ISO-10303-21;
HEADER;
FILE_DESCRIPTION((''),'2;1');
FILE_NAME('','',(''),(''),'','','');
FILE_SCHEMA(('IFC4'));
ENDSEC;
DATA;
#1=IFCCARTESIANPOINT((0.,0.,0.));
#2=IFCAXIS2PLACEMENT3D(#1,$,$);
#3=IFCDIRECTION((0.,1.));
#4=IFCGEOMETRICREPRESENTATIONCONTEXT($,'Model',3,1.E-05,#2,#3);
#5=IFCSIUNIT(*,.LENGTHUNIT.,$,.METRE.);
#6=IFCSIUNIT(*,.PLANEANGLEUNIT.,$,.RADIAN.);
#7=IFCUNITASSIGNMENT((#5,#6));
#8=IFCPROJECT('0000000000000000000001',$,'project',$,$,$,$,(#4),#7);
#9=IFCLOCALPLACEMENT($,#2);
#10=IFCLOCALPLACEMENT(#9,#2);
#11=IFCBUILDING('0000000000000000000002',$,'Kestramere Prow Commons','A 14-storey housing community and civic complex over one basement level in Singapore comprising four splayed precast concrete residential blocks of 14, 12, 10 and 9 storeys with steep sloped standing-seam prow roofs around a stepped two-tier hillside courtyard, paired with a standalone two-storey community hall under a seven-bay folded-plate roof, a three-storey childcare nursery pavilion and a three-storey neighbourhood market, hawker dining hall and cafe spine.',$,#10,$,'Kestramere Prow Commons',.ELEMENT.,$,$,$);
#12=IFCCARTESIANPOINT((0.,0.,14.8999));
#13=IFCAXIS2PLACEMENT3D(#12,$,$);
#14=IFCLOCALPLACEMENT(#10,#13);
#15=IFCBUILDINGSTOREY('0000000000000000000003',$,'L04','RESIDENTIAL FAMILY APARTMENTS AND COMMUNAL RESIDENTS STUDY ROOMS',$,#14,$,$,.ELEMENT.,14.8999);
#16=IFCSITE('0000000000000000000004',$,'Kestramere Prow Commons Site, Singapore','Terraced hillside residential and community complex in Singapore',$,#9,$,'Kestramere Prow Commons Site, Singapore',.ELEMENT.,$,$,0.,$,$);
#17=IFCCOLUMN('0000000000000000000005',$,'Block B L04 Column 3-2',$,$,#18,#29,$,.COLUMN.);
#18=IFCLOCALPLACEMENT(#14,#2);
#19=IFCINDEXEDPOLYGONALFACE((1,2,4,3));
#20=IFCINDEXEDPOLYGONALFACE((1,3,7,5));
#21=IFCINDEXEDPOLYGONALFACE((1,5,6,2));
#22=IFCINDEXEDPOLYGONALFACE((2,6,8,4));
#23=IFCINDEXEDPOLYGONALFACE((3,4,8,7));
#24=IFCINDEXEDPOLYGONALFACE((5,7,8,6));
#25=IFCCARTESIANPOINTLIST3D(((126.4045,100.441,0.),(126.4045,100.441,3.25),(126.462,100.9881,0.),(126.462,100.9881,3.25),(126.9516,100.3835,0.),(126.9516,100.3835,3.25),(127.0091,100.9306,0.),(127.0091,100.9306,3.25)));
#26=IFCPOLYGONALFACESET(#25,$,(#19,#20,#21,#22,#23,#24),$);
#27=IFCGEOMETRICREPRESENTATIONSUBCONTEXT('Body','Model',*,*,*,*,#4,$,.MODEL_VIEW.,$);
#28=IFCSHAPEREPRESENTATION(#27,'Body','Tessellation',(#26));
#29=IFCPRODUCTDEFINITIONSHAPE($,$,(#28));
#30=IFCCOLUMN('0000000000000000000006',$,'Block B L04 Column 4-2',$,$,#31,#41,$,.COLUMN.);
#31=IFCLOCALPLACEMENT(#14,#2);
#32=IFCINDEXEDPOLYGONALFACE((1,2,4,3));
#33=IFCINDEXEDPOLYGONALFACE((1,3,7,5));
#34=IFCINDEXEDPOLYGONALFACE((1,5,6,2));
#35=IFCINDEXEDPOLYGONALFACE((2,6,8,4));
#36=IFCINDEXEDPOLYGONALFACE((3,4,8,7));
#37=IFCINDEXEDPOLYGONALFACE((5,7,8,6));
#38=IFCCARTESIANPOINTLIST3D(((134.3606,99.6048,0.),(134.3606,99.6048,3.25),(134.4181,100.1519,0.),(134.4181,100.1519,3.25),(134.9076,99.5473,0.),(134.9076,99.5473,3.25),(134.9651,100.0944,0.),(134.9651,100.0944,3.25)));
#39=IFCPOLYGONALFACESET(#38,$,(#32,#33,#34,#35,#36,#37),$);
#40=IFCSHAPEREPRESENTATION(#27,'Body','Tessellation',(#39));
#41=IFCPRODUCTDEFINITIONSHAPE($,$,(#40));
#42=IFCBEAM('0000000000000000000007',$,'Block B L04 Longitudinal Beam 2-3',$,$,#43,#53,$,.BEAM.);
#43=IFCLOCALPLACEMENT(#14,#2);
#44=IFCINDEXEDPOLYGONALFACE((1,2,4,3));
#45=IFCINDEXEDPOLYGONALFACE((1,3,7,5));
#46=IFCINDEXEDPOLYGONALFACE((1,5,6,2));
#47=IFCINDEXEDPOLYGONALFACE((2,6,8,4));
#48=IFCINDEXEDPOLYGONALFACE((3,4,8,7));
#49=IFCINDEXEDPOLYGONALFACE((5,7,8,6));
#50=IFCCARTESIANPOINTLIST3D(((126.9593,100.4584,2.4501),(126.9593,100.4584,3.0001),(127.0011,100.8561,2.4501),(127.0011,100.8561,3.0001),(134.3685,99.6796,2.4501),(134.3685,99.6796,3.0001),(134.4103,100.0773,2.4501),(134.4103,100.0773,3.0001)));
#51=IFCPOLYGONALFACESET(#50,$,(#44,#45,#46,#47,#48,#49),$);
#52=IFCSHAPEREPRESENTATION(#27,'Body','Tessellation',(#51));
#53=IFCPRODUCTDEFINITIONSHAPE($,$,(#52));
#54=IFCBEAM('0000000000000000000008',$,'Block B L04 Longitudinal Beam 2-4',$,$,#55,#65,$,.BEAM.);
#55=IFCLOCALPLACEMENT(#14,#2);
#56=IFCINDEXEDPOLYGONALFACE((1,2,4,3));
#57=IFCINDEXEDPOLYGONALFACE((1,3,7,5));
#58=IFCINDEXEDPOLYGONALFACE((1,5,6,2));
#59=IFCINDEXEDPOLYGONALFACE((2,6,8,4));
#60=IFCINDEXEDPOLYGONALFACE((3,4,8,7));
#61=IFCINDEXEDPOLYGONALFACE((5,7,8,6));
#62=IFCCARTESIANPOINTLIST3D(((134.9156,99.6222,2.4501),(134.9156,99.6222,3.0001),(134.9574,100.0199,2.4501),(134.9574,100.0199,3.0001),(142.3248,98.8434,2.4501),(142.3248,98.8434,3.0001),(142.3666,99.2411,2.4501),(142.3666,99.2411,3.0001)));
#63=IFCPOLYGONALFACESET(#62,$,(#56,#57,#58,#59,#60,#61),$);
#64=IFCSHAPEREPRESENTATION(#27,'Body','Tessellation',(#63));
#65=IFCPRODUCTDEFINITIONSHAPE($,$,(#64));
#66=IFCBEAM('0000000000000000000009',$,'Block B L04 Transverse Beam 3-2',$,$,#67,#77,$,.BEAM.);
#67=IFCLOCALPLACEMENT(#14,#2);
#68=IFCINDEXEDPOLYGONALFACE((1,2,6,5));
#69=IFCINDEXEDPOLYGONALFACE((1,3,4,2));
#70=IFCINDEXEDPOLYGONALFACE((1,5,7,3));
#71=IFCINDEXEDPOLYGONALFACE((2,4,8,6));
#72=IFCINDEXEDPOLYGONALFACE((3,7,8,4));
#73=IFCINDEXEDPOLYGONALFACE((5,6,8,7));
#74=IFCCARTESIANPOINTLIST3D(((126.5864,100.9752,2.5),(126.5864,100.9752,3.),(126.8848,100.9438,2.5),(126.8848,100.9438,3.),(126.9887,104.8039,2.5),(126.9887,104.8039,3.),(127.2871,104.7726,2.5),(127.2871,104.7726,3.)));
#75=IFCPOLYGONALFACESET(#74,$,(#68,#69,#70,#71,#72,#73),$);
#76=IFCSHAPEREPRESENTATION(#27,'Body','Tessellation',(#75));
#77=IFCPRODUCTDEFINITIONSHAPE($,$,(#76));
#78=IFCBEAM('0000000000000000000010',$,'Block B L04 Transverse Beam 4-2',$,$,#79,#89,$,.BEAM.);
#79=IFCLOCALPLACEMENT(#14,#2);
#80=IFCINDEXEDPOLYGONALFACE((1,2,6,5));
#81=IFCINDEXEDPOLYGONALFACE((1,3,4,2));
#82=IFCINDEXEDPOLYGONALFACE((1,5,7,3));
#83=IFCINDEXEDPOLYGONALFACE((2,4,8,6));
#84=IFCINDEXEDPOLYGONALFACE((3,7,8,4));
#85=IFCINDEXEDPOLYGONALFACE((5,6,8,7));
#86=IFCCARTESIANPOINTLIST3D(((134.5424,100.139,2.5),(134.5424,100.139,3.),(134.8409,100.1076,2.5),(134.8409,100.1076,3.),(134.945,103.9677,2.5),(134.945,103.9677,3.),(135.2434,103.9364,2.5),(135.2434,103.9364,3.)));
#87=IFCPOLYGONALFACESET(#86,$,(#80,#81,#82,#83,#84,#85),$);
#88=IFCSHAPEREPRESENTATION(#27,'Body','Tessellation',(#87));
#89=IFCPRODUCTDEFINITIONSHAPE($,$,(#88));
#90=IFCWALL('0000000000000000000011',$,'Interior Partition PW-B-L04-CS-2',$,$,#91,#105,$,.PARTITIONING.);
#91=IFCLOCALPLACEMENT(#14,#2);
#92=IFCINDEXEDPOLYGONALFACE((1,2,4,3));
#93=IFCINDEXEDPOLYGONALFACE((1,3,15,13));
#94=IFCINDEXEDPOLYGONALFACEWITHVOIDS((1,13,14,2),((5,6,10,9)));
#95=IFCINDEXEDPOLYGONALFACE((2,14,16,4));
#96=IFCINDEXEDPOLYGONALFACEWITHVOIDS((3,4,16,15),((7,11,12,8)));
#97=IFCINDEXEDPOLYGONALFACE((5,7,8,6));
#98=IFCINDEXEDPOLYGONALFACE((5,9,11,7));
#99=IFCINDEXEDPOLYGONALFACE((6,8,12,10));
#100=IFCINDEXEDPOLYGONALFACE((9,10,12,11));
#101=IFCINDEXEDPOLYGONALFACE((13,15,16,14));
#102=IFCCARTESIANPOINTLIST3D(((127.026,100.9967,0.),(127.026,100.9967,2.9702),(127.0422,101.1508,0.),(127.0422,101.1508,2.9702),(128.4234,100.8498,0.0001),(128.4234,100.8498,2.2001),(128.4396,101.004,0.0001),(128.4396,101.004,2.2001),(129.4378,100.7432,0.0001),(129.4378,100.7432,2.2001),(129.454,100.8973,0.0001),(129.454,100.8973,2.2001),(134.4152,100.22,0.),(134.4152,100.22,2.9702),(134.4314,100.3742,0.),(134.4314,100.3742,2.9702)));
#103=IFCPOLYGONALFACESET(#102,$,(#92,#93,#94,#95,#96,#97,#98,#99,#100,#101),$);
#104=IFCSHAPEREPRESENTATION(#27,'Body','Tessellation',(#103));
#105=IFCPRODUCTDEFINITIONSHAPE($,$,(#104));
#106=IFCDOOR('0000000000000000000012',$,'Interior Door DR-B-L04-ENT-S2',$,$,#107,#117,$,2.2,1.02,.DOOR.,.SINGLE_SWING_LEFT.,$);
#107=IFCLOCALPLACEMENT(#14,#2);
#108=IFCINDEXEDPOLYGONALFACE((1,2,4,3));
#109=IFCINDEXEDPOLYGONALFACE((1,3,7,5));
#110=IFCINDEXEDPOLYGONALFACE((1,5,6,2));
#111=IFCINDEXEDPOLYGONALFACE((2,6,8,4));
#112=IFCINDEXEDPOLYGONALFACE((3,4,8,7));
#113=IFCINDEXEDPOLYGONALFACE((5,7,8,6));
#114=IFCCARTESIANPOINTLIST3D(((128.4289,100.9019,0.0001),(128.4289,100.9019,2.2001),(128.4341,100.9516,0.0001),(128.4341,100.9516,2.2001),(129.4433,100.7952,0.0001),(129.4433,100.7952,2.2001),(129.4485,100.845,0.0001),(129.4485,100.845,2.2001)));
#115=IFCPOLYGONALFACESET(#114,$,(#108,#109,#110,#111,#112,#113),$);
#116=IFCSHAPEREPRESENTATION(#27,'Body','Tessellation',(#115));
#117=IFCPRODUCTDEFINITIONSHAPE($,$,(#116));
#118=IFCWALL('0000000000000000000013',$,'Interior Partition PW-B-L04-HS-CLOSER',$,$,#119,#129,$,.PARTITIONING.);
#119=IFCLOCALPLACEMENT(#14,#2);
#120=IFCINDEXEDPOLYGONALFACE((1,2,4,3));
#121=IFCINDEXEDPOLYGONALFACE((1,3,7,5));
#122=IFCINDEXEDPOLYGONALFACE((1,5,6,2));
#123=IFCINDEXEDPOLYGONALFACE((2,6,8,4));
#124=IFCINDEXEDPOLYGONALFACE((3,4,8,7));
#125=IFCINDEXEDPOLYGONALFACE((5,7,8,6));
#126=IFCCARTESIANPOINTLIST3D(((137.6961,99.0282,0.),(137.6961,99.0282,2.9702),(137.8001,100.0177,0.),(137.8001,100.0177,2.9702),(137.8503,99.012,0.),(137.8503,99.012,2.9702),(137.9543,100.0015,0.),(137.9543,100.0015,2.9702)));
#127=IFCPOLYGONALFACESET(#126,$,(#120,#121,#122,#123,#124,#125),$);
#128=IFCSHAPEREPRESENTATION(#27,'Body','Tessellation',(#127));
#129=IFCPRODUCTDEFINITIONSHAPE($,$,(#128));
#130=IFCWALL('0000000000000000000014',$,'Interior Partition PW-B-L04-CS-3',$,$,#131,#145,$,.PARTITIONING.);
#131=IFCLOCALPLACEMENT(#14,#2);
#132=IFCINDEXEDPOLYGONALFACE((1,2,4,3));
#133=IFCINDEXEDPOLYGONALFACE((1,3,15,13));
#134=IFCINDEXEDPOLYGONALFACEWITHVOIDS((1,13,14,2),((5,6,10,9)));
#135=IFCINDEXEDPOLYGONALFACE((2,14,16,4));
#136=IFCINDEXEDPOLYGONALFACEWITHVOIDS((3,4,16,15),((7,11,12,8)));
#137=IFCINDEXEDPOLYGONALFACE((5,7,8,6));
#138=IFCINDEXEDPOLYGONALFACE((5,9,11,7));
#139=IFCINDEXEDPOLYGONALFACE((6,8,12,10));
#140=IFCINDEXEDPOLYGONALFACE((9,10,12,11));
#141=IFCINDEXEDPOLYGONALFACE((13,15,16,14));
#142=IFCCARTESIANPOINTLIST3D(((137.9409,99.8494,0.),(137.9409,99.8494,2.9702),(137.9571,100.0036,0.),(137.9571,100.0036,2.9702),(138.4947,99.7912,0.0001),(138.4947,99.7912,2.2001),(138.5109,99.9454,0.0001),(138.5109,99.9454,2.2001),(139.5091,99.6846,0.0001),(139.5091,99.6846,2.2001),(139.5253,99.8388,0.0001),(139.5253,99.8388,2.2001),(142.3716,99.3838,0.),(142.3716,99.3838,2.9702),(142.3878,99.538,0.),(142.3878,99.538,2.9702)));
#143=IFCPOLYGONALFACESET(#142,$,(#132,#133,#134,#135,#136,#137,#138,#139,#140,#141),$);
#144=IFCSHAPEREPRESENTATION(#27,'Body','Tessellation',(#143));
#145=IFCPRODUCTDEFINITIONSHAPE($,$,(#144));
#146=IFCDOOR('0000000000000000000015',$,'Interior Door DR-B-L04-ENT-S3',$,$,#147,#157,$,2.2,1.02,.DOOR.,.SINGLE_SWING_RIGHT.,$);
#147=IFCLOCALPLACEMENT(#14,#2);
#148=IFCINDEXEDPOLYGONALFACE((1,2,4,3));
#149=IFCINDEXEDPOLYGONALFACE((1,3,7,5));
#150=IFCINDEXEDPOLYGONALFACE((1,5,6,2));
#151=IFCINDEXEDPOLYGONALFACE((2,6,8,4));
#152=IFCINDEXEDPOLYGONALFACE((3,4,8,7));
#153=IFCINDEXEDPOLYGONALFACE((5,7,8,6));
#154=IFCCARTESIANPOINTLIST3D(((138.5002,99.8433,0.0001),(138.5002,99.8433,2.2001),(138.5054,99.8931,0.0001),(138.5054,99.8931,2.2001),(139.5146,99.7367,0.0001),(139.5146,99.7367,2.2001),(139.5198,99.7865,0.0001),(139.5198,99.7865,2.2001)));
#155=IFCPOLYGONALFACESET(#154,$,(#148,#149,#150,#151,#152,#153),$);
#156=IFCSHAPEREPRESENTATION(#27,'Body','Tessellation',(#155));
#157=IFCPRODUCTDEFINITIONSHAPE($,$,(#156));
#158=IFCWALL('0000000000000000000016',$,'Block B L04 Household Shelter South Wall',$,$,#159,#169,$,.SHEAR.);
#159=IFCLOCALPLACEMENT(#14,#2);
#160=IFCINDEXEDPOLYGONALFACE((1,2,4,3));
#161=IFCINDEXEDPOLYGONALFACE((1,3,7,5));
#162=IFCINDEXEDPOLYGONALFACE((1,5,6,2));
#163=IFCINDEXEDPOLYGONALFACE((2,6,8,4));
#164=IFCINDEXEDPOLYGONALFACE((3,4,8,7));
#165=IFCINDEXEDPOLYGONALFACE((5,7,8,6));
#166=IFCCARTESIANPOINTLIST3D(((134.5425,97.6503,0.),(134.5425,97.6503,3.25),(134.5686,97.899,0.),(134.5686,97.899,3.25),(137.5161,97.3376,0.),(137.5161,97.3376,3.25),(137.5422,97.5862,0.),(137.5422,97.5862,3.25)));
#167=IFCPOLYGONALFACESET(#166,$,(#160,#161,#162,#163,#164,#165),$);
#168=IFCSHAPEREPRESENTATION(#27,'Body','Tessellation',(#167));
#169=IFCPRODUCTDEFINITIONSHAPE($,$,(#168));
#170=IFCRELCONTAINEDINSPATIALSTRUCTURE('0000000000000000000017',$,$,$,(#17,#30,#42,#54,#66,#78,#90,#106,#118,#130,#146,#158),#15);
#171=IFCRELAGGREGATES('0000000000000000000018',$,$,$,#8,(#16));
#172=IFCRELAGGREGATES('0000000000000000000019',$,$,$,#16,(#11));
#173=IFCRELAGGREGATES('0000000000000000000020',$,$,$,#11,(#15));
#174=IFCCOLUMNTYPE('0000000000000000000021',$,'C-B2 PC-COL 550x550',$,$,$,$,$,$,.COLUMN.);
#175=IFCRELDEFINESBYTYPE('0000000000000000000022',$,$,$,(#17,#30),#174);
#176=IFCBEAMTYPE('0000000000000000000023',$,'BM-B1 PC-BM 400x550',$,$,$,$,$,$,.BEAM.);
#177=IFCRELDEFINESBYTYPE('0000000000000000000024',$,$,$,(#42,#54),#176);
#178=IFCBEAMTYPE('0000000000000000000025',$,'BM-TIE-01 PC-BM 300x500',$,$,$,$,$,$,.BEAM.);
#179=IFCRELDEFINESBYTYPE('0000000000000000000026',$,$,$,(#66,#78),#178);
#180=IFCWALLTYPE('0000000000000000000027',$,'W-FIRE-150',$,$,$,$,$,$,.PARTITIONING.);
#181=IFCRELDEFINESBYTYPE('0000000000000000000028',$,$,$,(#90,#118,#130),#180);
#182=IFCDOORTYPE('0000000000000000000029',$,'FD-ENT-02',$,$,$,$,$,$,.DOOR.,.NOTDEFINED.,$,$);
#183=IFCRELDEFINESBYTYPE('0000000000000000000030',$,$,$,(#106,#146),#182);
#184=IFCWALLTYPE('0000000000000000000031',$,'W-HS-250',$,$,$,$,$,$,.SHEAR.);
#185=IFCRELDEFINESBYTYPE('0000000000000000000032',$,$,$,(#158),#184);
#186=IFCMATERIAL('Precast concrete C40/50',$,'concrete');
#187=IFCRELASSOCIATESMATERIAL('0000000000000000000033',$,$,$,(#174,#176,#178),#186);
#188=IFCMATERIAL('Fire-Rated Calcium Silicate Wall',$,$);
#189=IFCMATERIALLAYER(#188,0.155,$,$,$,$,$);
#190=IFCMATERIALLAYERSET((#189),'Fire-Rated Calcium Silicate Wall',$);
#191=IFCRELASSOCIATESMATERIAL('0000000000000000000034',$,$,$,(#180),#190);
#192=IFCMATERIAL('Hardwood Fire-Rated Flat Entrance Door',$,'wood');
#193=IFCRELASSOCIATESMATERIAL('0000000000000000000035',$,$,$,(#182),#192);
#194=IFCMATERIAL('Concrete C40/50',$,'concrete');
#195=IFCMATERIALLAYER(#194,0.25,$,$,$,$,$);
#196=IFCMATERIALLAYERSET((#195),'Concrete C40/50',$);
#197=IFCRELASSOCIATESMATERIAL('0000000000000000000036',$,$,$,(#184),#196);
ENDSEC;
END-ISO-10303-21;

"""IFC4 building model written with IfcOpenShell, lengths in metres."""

from ifc_helpers import new_model, si_unit, direction, frame, frame_2d, origin, origin_2d, place, context, subcontext, project, spatial, rectangle, extrude, material, layer, layer_set, material_profile, profile_set, type_object, element, fill, save


model = new_model("IFC4")

# Units and contexts
model_context = context("Model", 3, precision=1e-05, world=origin(), true_north=direction((0.0, 1.0)))
body_context = subcontext(model_context, "Body", "Model", "MODEL_VIEW")
ifc_project = project(units=[si_unit("LENGTHUNIT", "METRE"), si_unit("PLANEANGLEUNIT", "RADIAN")], contexts=[model_context])

# Site, building, storey
site_placement = place(None, origin())
site = spatial("IfcSite", under=ifc_project, at=site_placement, Name="Kestramere Prow Commons Site, Singapore", Description="Terraced hillside residential and community complex in Singapore", LongName="Kestramere Prow Commons Site, Singapore", CompositionType="ELEMENT", RefElevation=0.0)
building_placement = place(site_placement, origin())
building = spatial("IfcBuilding", under=site, at=building_placement, Name="Kestramere Prow Commons", Description="A 14-storey housing community and civic complex over one basement level in Singapore comprising four splayed precast concrete residential blocks of 14, 12, 10 and 9 storeys with steep sloped standing-seam prow roofs around a stepped two-tier hillside courtyard, paired with a standalone two-storey community hall under a seven-bay folded-plate roof, a three-storey childcare nursery pavilion and a three-storey neighbourhood market, hawker dining hall and cafe spine.", LongName="Kestramere Prow Commons", CompositionType="ELEMENT")
storey_placement = place(building_placement, frame((0.0, 0.0, 14.8999)))
storey = spatial("IfcBuildingStorey", under=building, at=storey_placement, Name="L04", Description="RESIDENTIAL FAMILY APARTMENTS AND COMMUNAL RESIDENTS STUDY ROOMS", CompositionType="ELEMENT", Elevation=14.8999)

# Columns
ifc_material_1 = material(Name="Precast concrete C40/50", Category="concrete")
ifc_material_profile_1 = material_profile(ifc_material_1, rectangle(XDim=0.55, YDim=0.55, at=origin_2d()), Name="PC-COL 550x550")
ifc_profile_set_1 = profile_set([ifc_material_profile_1], Name="Precast concrete C40/50")
column_type = type_object("IfcColumnType", Name="C-B2 PC-COL 550x550", PredefinedType="COLUMN", material=ifc_profile_set_1)
for number, where, z_axis, x_axis, name in (
    (1, (126.7068, 100.6858, 0.0), (0.0, 0.0, 1.0), (0.994522, -0.104528, 0.0), "Block B L04 Column 3-2"),
    (2, (134.6628, 99.8496, 0.0), (0.0, 0.0, 1.0), (0.994522, -0.104528, 0.0), "Block B L04 Column 4-2"),
):
    element("IfcColumn", number, at=place(storey_placement, frame(where, z_axis=z_axis, x_axis=x_axis)), inside=storey, type_object=column_type, Name=name, PredefinedType="COLUMN", context=body_context, shape_type="SweptSolid", body=[
        extrude(rectangle(XDim=0.55, YDim=0.55, at=origin_2d()), origin(), (0.0, 0.0, 1.0), 3.25),
    ])

# Beams
ifc_material_profile_2 = material_profile(ifc_material_1, rectangle(XDim=0.3999, YDim=0.55, at=origin_2d()), Name="PC-BM 400x550")
ifc_profile_set_2 = profile_set([ifc_material_profile_2], Name="Precast concrete C40/50")
beam_type_1 = type_object("IfcBeamType", Name="BM-B1 PC-BM 400x550", PredefinedType="BEAM", material=ifc_profile_set_2)
for number, where, z_axis, x_axis, name in (
    (3, (126.9802, 100.6572, 2.7251), (0.994521, -0.104538, 0.0), (0.104538, 0.994521, 0.0), "Block B L04 Longitudinal Beam 2-3"),
    (4, (134.9365, 99.821, 2.7251), (0.994521, -0.104538, 0.0), (0.104538, 0.994521, 0.0), "Block B L04 Longitudinal Beam 2-4"),
):
    element("IfcBeam", number, at=place(storey_placement, frame(where, z_axis=z_axis, x_axis=x_axis)), inside=storey, type_object=beam_type_1, Name=name, PredefinedType="BEAM", context=body_context, shape_type="SweptSolid", body=[
        extrude(rectangle(XDim=0.3999, YDim=0.55, at=origin_2d()), origin(), (0.0, 0.0, 1.0), 7.45),
    ])
ifc_material_profile_3 = material_profile(ifc_material_1, rectangle(XDim=0.3, YDim=0.5, at=origin_2d()), Name="PC-BM 300x500")
ifc_profile_set_3 = profile_set([ifc_material_profile_3], Name="Precast concrete C40/50")
beam_type_2 = type_object("IfcBeamType", Name="BM-TIE-01 PC-BM 300x500", PredefinedType="BEAM", material=ifc_profile_set_3)
for number, where, z_axis, x_axis, name in (
    (5, (126.7356, 100.9595, 2.75), (0.104507, 0.994524, 0.0), (-0.994524, 0.104507, 0.0), "Block B L04 Transverse Beam 3-2"),
    (6, (134.6917, 100.1233, 2.75), (0.104569, 0.994518, 0.0), (-0.994518, 0.104569, 0.0), "Block B L04 Transverse Beam 4-2"),
):
    element("IfcBeam", number, at=place(storey_placement, frame(where, z_axis=z_axis, x_axis=x_axis)), inside=storey, type_object=beam_type_2, Name=name, PredefinedType="BEAM", context=body_context, shape_type="SweptSolid", body=[
        extrude(rectangle(XDim=0.3, YDim=0.5, at=origin_2d()), origin(), (0.0, 0.0, 1.0), 3.8499),
    ])

# Wall, opening, door
ifc_material_2 = material(Name="Fire-Rated Calcium Silicate Wall")
ifc_layer_1 = layer(ifc_material_2, 0.155)
ifc_layer_set_1 = layer_set([ifc_layer_1], Name="Fire-Rated Calcium Silicate Wall")
wall_type_1 = type_object("IfcWallType", Name="W-FIRE-150", PredefinedType="PARTITIONING", material=ifc_layer_set_1)
wall_1_placement = place(storey_placement, frame((127.0342, 101.0737, 0.0), z_axis=(0.0, 0.0, 1.0), x_axis=(0.994522, -0.104526, 0.0)))
wall_1 = element("IfcWall", 7, at=wall_1_placement, inside=storey, type_object=wall_type_1, Name="Interior Partition PW-B-L04-CS-2", PredefinedType="PARTITIONING", context=body_context, shape_type="SweptSolid", body=[
    extrude(rectangle(XDim=7.4299, YDim=0.155, at=frame_2d((3.7148, 0.0))), origin(), (0.0, 0.0, 1.0), 2.9702),
])
opening_1_placement = place(wall_1_placement, frame((1.405, 0.0, 0.0)))
opening_1 = element("IfcOpeningElement", 8, at=opening_1_placement, cuts=wall_1, PredefinedType="OPENING", context=body_context, shape_type="SweptSolid", body=[
    extrude(rectangle(XDim=1.02, YDim=2.2, at=frame_2d((0.51, 1.1001))), frame((0.0, 0.0925, 0.0), z_axis=(0.0, -1.0, 0.0), x_axis=(1.0, 0.0, 0.0)), (0.0, 0.0, 1.0), 0.1851),
])
ifc_material_3 = material(Name="Hardwood Fire-Rated Flat Entrance Door", Category="wood")
door_type_1 = type_object("IfcDoorType", Name="FD-ENT-02", OperationType="NOTDEFINED", PredefinedType="DOOR", material=ifc_material_3)
door_1_placement = place(opening_1_placement, origin())
door_1 = element("IfcDoor", 9, at=door_1_placement, inside=storey, type_object=door_type_1, Name="Interior Door DR-B-L04-ENT-S2", OperationType="SINGLE_SWING_LEFT", OverallHeight=2.2, OverallWidth=1.02, PredefinedType="DOOR", context=body_context, shape_type="SweptSolid", body=[
    extrude(rectangle(XDim=1.02, YDim=2.2, at=frame_2d((0.51, 1.1001))), frame((0.0, 0.0249, 0.0), z_axis=(0.0, -1.0, 0.0), x_axis=(1.0, 0.0, 0.0)), (0.0, 0.0, 1.0), 0.05),
])
fill(opening_1, door_1)

# Wall
wall_2_placement = place(storey_placement, frame((137.7732, 99.02, 0.0), z_axis=(0.0, 0.0, 1.0), x_axis=(0.104532, 0.994522, 0.0)))
element("IfcWall", 10, at=wall_2_placement, inside=storey, type_object=wall_type_1, Name="Interior Partition PW-B-L04-HS-CLOSER", PredefinedType="PARTITIONING", context=body_context, shape_type="SweptSolid", body=[
    extrude(rectangle(XDim=0.9949, YDim=0.155, at=frame_2d((0.4976, 0.0))), origin(), (0.0, 0.0, 1.0), 2.9702),
])

# Wall, opening, door
wall_3_placement = place(storey_placement, frame((137.949, 99.9265, 0.0), z_axis=(0.0, 0.0, 1.0), x_axis=(0.994524, -0.104505, 0.0)))
wall_3 = element("IfcWall", 11, at=wall_3_placement, inside=storey, type_object=wall_type_1, Name="Interior Partition PW-B-L04-CS-3", PredefinedType="PARTITIONING", context=body_context, shape_type="SweptSolid", body=[
    extrude(rectangle(XDim=4.4551, YDim=0.155, at=frame_2d((2.2275, 0.0))), origin(), (0.0, 0.0, 1.0), 2.9702),
])
opening_2_placement = place(wall_3_placement, frame((0.5569, 0.0, 0.0)))
opening_2 = element("IfcOpeningElement", 12, at=opening_2_placement, cuts=wall_3, PredefinedType="OPENING", context=body_context, shape_type="SweptSolid", body=[
    extrude(rectangle(XDim=1.02, YDim=2.2, at=frame_2d((0.51, 1.1001))), frame((0.0, 0.0925, 0.0), z_axis=(0.0, -1.0, 0.0), x_axis=(1.0, 0.0, 0.0)), (0.0, 0.0, 1.0), 0.1851),
])
door_2_placement = place(opening_2_placement, origin())
door_2 = element("IfcDoor", 13, at=door_2_placement, inside=storey, type_object=door_type_1, Name="Interior Door DR-B-L04-ENT-S3", OperationType="SINGLE_SWING_RIGHT", OverallHeight=2.2, OverallWidth=1.02, PredefinedType="DOOR", context=body_context, shape_type="SweptSolid", body=[
    extrude(rectangle(XDim=1.02, YDim=2.2, at=frame_2d((0.51, 1.1001))), frame((0.0, 0.0249, 0.0), z_axis=(0.0, -1.0, 0.0), x_axis=(1.0, 0.0, 0.0)), (0.0, 0.0, 1.0), 0.05),
])
fill(opening_2, door_2)

# Wall
ifc_material_4 = material(Name="Concrete C40/50", Category="concrete")
ifc_layer_2 = layer(ifc_material_4, 0.25)
ifc_layer_set_2 = layer_set([ifc_layer_2], Name="Concrete C40/50")
wall_type_2 = type_object("IfcWallType", Name="W-HS-250", PredefinedType="SHEAR", material=ifc_layer_set_2)
wall_4_placement = place(storey_placement, frame((134.5554, 97.7747, 0.0), z_axis=(0.0, 0.0, 1.0), x_axis=(0.994515, -0.104596, 0.0)))
element("IfcWall", 14, at=wall_4_placement, inside=storey, type_object=wall_type_2, Name="Block B L04 Household Shelter South Wall", PredefinedType="SHEAR", context=body_context, shape_type="SweptSolid", body=[
    extrude(rectangle(XDim=2.99, YDim=0.25, at=frame_2d((1.4951, 0.0))), origin(), (0.0, 0.0, 1.0), 3.25),
])

save(model, "model.ifc")
